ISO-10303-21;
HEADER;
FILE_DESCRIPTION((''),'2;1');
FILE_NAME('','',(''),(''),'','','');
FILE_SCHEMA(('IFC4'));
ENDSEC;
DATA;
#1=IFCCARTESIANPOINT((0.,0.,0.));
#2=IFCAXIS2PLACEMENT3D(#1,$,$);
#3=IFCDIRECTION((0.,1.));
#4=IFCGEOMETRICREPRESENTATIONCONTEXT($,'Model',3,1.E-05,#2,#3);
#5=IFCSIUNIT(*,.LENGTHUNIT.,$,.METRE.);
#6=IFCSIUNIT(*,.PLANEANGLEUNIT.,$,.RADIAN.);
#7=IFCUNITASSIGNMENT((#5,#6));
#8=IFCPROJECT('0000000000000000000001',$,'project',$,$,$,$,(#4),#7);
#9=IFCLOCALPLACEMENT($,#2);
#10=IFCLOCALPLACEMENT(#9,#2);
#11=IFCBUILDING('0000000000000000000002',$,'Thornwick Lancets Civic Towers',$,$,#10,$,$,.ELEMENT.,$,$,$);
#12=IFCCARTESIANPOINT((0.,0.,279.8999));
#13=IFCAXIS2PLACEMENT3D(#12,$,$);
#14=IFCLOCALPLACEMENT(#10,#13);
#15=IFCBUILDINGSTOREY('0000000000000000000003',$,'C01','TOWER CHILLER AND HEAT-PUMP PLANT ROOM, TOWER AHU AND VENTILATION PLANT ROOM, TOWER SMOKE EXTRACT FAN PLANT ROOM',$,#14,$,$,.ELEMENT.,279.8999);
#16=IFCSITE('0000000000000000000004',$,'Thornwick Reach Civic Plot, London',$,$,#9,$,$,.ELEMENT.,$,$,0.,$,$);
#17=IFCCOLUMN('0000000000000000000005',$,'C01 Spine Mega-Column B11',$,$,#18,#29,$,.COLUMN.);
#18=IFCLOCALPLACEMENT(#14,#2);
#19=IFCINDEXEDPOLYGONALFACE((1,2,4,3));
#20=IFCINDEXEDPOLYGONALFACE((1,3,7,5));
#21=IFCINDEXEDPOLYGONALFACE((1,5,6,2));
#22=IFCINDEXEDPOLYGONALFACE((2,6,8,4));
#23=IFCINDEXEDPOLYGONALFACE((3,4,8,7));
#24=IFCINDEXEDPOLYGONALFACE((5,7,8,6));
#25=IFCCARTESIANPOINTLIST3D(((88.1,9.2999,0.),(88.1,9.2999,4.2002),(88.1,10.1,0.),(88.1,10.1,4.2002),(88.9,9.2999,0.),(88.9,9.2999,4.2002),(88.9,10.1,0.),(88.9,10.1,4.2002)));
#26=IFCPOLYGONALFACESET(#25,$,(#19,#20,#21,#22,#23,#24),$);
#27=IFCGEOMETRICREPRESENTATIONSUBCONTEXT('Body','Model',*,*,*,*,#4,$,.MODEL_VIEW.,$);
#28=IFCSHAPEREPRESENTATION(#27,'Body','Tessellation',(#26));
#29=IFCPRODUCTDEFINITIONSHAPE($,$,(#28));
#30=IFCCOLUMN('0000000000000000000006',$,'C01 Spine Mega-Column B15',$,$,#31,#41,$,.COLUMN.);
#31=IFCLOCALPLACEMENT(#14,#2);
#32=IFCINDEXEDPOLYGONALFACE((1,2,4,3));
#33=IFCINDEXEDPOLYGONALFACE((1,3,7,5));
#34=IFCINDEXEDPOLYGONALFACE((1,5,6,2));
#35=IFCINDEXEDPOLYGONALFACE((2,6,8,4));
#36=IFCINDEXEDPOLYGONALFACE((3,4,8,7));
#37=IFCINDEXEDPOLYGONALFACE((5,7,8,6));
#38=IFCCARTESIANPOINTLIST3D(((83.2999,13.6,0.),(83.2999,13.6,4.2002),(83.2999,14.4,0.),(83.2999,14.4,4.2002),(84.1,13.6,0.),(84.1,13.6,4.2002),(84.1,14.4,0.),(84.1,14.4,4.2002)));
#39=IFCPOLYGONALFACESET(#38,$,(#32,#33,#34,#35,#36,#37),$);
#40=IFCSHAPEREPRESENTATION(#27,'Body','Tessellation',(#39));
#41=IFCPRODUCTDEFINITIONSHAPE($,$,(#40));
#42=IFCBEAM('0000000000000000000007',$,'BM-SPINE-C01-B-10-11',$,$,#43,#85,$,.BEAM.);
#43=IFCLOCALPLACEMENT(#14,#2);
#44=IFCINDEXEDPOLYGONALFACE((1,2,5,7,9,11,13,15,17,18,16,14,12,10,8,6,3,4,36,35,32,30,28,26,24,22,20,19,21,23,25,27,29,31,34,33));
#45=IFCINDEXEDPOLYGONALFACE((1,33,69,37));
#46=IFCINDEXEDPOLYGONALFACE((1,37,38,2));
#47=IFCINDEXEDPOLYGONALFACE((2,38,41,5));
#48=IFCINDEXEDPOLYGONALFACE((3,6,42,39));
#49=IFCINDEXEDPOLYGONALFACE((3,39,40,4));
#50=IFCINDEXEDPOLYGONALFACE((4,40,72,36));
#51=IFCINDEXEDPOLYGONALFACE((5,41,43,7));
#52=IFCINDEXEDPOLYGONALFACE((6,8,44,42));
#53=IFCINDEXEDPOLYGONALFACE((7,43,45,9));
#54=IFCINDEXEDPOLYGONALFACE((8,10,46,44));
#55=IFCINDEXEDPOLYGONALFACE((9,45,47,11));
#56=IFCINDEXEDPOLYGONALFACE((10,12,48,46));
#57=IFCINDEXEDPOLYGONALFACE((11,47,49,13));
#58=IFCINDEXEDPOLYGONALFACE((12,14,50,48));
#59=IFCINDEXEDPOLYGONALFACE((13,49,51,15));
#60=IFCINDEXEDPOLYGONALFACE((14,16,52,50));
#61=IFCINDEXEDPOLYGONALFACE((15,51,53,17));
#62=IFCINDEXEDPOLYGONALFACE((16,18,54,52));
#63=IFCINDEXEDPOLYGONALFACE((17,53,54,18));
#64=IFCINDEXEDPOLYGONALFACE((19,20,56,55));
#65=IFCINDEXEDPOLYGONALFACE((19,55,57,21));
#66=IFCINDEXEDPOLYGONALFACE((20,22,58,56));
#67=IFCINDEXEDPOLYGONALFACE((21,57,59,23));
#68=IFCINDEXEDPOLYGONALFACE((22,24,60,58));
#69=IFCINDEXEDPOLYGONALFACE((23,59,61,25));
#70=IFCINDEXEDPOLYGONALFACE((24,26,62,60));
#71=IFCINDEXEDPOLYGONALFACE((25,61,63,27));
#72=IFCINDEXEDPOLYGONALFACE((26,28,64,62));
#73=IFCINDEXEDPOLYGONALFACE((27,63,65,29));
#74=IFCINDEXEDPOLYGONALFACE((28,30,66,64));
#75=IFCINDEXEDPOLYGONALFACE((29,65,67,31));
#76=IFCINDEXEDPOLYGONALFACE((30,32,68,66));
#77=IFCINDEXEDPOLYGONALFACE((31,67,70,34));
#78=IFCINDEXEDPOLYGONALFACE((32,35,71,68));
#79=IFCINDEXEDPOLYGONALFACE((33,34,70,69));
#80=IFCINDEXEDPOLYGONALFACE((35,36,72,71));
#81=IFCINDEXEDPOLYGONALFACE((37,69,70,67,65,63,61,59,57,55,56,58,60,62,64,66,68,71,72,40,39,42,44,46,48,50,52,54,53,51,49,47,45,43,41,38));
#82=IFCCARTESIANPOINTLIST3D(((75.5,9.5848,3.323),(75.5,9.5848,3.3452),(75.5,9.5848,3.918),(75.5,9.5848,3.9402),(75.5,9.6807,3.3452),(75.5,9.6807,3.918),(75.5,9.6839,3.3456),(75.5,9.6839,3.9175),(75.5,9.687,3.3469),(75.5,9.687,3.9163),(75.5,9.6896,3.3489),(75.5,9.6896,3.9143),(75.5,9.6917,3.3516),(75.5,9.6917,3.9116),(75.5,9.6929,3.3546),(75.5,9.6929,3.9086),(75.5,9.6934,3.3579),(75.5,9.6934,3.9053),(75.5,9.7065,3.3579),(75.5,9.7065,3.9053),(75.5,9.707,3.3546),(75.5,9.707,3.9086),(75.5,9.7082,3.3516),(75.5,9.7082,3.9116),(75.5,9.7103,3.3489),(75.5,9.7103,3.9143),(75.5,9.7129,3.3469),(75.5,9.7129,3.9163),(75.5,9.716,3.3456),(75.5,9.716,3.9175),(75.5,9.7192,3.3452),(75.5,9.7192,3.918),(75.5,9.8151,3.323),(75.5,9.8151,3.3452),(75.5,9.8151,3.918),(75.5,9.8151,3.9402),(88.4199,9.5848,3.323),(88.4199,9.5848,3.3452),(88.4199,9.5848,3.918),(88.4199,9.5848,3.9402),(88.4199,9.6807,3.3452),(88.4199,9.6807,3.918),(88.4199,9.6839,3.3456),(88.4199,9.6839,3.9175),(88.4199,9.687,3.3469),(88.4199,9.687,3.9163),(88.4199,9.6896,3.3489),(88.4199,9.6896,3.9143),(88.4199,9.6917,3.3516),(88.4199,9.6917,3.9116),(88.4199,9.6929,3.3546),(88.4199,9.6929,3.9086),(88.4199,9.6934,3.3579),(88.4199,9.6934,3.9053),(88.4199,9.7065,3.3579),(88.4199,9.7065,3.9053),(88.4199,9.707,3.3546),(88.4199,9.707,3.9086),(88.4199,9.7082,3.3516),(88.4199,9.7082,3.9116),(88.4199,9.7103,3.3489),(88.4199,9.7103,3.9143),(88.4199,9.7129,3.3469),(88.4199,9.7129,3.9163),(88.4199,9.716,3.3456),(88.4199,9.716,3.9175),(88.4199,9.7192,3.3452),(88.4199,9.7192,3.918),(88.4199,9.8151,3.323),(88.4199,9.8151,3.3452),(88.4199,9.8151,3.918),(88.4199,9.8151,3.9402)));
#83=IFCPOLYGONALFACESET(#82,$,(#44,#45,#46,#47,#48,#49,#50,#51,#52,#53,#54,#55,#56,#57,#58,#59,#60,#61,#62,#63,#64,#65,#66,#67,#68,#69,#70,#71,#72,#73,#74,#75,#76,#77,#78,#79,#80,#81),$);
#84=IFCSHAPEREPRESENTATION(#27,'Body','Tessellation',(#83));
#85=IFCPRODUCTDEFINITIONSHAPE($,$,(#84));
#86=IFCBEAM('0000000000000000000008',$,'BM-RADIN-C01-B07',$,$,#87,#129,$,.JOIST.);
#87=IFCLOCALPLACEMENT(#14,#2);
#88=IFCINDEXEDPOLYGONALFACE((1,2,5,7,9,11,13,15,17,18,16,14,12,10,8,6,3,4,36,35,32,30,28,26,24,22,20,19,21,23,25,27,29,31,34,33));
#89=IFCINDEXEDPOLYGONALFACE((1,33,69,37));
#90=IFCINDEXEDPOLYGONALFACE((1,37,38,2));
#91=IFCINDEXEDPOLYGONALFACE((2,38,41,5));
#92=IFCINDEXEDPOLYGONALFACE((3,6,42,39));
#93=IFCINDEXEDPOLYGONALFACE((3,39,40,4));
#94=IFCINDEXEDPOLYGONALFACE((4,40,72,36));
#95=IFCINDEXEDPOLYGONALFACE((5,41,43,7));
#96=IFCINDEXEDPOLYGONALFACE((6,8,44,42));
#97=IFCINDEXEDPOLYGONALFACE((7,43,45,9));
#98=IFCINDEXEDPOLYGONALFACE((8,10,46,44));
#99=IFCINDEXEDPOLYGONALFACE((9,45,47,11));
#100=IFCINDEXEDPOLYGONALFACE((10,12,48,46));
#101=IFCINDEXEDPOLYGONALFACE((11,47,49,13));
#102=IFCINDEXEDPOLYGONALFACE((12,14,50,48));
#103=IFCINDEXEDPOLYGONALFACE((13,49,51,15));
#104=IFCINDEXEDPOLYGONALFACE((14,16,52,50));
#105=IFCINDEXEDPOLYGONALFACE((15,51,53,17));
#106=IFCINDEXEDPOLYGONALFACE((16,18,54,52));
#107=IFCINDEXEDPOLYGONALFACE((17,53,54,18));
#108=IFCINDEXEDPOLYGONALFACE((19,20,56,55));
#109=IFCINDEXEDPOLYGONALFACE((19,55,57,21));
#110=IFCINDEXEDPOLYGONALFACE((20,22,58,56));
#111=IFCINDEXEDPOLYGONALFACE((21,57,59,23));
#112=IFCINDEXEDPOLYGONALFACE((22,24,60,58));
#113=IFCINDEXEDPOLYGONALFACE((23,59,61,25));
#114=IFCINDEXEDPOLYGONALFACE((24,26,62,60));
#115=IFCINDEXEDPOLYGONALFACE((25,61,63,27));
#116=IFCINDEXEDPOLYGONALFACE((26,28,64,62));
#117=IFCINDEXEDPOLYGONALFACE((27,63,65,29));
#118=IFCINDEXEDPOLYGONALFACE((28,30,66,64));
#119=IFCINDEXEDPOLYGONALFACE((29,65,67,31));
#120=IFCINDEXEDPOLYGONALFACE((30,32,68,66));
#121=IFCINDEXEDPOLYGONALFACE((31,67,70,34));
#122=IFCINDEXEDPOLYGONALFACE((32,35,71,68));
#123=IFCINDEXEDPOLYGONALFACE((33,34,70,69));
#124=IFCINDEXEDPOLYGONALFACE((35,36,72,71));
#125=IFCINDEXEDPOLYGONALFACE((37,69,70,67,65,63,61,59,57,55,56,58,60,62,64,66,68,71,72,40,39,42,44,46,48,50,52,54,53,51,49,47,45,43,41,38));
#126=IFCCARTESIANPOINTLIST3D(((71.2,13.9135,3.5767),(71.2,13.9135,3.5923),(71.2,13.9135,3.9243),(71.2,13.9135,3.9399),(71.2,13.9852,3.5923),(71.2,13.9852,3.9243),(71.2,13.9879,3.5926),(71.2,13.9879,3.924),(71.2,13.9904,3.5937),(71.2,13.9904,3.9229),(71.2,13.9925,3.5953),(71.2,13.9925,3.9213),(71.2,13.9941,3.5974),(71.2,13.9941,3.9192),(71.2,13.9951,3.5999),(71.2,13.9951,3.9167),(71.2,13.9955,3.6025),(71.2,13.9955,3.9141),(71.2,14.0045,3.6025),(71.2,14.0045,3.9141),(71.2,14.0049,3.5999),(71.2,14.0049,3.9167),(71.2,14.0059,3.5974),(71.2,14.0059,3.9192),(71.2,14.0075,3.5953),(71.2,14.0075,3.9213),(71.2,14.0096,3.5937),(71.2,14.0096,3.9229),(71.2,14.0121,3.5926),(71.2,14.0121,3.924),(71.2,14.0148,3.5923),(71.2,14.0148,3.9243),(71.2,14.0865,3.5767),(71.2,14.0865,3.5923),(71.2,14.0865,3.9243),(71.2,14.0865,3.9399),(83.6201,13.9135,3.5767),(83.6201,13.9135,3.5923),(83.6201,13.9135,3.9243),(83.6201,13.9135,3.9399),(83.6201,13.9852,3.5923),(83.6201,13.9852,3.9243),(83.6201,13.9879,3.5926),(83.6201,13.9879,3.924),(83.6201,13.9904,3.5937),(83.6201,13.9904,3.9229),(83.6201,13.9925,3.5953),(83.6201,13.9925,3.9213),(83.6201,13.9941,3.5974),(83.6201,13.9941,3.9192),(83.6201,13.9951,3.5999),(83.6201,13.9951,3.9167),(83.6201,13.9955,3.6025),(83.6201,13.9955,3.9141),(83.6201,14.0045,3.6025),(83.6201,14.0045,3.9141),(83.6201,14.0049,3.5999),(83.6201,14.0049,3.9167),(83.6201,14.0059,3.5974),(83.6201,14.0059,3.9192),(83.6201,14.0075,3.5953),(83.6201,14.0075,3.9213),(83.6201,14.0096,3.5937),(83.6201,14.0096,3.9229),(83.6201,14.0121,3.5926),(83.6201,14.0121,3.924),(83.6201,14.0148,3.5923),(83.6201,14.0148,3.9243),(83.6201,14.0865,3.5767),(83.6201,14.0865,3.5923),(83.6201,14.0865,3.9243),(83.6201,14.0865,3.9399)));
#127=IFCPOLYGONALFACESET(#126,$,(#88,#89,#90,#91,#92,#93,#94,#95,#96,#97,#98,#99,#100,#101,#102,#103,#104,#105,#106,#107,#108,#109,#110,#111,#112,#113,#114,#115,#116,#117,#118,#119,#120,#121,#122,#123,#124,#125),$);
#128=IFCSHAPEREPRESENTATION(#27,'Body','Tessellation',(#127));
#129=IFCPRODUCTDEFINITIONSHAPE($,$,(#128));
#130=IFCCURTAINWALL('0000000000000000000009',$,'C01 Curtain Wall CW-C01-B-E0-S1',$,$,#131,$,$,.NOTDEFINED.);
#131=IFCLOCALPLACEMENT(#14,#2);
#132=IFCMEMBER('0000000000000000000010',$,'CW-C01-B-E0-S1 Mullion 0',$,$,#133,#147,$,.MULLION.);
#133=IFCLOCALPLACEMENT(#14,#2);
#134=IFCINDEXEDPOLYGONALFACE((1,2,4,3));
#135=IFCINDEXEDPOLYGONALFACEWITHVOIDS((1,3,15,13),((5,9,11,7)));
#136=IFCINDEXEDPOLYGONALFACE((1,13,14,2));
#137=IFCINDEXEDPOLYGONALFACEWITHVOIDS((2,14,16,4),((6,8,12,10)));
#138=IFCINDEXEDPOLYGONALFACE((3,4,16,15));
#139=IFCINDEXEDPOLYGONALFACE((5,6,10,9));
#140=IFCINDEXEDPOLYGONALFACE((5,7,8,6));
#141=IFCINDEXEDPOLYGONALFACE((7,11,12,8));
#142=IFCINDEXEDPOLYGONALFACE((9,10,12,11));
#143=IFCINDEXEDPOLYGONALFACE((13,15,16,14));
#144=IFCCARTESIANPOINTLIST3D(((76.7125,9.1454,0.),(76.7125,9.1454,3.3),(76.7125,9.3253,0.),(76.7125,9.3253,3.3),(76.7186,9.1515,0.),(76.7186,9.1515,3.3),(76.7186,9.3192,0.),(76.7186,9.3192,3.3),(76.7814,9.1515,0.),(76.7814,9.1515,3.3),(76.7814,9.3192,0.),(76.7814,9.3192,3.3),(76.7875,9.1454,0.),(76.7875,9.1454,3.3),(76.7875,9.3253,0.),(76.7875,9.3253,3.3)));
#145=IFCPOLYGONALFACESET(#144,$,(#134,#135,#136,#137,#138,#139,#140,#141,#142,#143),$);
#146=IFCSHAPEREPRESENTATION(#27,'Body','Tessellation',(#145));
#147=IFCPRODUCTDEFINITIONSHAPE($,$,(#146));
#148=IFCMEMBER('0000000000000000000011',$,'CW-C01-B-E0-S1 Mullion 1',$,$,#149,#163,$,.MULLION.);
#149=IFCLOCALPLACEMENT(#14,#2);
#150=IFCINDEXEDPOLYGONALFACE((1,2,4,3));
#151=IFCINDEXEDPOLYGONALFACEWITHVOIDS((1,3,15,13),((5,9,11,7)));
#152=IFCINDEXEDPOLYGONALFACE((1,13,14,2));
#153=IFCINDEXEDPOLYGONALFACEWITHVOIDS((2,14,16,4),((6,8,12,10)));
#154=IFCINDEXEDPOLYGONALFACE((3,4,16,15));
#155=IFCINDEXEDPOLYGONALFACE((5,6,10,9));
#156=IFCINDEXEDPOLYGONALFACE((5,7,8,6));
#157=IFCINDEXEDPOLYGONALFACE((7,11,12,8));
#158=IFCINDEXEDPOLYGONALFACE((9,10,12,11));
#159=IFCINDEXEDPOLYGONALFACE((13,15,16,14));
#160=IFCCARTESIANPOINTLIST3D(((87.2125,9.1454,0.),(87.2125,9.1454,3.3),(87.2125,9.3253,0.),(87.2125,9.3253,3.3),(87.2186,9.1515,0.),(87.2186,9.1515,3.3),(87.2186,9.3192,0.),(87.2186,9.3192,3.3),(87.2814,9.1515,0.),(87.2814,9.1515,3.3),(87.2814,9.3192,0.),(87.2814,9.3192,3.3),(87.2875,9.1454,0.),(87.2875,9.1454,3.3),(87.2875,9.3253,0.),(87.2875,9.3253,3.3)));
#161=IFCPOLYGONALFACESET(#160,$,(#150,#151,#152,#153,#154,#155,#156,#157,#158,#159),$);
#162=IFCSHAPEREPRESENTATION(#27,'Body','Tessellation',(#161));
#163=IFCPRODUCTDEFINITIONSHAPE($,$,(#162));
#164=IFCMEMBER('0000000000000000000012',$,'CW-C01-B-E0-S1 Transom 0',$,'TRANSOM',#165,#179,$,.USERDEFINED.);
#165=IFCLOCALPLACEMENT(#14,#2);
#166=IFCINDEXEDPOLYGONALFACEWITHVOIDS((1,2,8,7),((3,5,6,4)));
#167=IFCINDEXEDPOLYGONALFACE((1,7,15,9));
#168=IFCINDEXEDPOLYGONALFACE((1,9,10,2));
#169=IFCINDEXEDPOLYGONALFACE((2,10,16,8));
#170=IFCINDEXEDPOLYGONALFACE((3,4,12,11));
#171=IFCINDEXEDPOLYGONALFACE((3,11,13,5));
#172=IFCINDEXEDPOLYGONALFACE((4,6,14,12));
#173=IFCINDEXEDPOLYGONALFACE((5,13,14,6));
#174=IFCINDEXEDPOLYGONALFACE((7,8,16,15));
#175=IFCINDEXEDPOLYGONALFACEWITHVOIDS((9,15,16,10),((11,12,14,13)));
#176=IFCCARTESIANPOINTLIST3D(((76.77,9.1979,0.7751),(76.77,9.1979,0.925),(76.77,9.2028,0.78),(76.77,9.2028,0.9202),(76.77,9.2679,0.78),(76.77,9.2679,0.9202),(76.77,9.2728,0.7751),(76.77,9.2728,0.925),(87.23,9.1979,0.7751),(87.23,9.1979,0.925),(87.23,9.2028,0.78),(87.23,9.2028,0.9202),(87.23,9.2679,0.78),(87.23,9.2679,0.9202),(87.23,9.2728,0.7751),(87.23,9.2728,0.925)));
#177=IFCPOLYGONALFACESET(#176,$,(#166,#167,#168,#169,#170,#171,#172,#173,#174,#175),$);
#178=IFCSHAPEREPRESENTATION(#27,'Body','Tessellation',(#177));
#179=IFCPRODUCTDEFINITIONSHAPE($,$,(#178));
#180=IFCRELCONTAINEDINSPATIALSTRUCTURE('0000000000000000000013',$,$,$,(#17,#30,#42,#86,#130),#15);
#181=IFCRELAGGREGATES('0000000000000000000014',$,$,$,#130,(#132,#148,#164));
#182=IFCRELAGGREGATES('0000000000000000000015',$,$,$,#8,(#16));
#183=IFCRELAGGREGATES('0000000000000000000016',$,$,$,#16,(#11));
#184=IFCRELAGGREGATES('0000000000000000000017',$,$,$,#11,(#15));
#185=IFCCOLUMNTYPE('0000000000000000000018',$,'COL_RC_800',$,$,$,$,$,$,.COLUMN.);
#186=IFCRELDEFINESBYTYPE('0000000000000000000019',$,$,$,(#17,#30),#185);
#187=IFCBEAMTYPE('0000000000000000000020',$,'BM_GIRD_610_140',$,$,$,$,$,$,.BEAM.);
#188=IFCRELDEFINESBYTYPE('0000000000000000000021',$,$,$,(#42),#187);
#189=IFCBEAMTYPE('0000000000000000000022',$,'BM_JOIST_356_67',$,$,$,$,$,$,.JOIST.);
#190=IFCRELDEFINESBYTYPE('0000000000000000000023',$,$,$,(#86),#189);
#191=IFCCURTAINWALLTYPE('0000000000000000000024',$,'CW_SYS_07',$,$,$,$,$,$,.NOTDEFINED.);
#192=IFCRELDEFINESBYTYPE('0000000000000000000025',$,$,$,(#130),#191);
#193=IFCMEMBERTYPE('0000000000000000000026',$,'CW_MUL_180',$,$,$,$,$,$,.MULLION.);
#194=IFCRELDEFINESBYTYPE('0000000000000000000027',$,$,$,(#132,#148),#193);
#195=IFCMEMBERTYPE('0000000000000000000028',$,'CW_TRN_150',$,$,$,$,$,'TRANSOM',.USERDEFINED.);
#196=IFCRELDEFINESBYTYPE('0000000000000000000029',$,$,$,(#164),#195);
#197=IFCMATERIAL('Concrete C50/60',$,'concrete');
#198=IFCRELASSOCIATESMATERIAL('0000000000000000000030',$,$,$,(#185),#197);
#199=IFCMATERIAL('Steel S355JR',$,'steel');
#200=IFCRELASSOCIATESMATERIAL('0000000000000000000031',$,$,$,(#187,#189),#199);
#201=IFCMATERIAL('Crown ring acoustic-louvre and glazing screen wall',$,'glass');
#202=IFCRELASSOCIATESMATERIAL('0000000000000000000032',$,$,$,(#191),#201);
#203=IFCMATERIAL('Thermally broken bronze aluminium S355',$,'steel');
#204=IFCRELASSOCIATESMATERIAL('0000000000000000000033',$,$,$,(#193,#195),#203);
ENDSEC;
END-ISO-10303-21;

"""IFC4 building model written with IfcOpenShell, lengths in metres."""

from ifc_helpers import new_model, si_unit, direction, frame, origin, origin_2d, place, context, subcontext, project, spatial, rectangle, hollow_rectangle, i_section, extrude, material, material_profile, profile_set, type_object, element, aggregate, save


model = new_model("IFC4")

# Units and contexts
model_context = context("Model", 3, precision=1e-05, world=origin(), true_north=direction((0.0, 1.0)))
body_context = subcontext(model_context, "Body", "Model", "MODEL_VIEW")
ifc_project = project(units=[si_unit("LENGTHUNIT", "METRE"), si_unit("PLANEANGLEUNIT", "RADIAN")], contexts=[model_context])

# Site, building, storey
site_placement = place(None, origin())
site = spatial("IfcSite", under=ifc_project, at=site_placement, Name="Thornwick Reach Civic Plot, London", CompositionType="ELEMENT", RefElevation=0.0)
building_placement = place(site_placement, origin())
building = spatial("IfcBuilding", under=site, at=building_placement, Name="Thornwick Lancets Civic Towers", CompositionType="ELEMENT")
storey_placement = place(building_placement, frame((0.0, 0.0, 279.8999)))
storey = spatial("IfcBuildingStorey", under=building, at=storey_placement, Name="C01", Description="TOWER CHILLER AND HEAT-PUMP PLANT ROOM, TOWER AHU AND VENTILATION PLANT ROOM, TOWER SMOKE EXTRACT FAN PLANT ROOM", CompositionType="ELEMENT", Elevation=279.8999)

# Columns
ifc_material_1 = material(Name="Concrete C50/60", Category="concrete")
ifc_material_profile_1 = material_profile(ifc_material_1, rectangle(XDim=0.8, YDim=0.8, at=origin_2d()), Name="RC 800x800")
ifc_profile_set_1 = profile_set([ifc_material_profile_1], Name="Concrete C50/60")
column_type = type_object("IfcColumnType", Name="COL_RC_800", PredefinedType="COLUMN", material=ifc_profile_set_1)
for number, where, z_axis, x_axis, name in (
    (1, (88.5, 9.7, 0.0), (0.0, 0.0, 1.0), (1.0, 0.0, 0.0), "C01 Spine Mega-Column B11"),
    (2, (83.7, 14.0, 0.0), (0.0, 0.0, 1.0), (1.0, 0.0, 0.0), "C01 Spine Mega-Column B15"),
):
    element("IfcColumn", number, at=place(storey_placement, frame(where, z_axis=z_axis, x_axis=x_axis)), inside=storey, type_object=column_type, Name=name, PredefinedType="COLUMN", context=body_context, shape_type="SweptSolid", body=[
        extrude(rectangle(XDim=0.8, YDim=0.8, at=origin_2d()), origin(), (0.0, 0.0, 1.0), 4.2002),
    ])

# Beams
ifc_material_2 = material(Name="Steel S355JR", Category="steel")
ifc_material_profile_2 = material_profile(ifc_material_2, i_section(OverallWidth=0.2302, OverallDepth=0.6172, WebThickness=0.0132, FlangeThickness=0.0222, FilletRadius=0.0127, at=origin_2d()), Name="UKB 610x229x140")
ifc_profile_set_2 = profile_set([ifc_material_profile_2], Name="Steel S355JR")
beam_type_1 = type_object("IfcBeamType", Name="BM_GIRD_610_140", PredefinedType="BEAM", material=ifc_profile_set_2)
beam_1_placement = place(storey_placement, frame((88.4199, 9.7, 3.6316), z_axis=(-1.0, 0.0, 0.0), x_axis=(0.0, -1.0, 0.0)))
element("IfcBeam", 3, at=beam_1_placement, inside=storey, type_object=beam_type_1, Name="BM-SPINE-C01-B-10-11", PredefinedType="BEAM", context=body_context, shape_type="SweptSolid", body=[
    extrude(i_section(OverallWidth=0.2302, OverallDepth=0.6172, WebThickness=0.0132, FlangeThickness=0.0222, FilletRadius=0.0127, at=origin_2d()), origin(), (0.0, 0.0, 1.0), 12.9199),
])
ifc_material_profile_3 = material_profile(ifc_material_2, i_section(OverallWidth=0.1731, OverallDepth=0.3633, WebThickness=0.009, FlangeThickness=0.0156, FilletRadius=0.0103, at=origin_2d()), Name="UKB 356x171x67")
ifc_profile_set_3 = profile_set([ifc_material_profile_3], Name="Steel S355JR")
beam_type_2 = type_object("IfcBeamType", Name="BM_JOIST_356_67", PredefinedType="JOIST", material=ifc_profile_set_3)
beam_2_placement = place(storey_placement, frame((83.6201, 14.0, 3.7583), z_axis=(-1.0, 0.0, 0.0), x_axis=(0.0, -1.0, 0.0)))
element("IfcBeam", 4, at=beam_2_placement, inside=storey, type_object=beam_type_2, Name="BM-RADIN-C01-B07", PredefinedType="JOIST", context=body_context, shape_type="SweptSolid", body=[
    extrude(i_section(OverallWidth=0.1731, OverallDepth=0.3633, WebThickness=0.009, FlangeThickness=0.0156, FilletRadius=0.0103, at=origin_2d()), origin(), (0.0, 0.0, 1.0), 12.4202),
])

# Curtain wall, members
ifc_material_3 = material(Name="Crown ring acoustic-louvre and glazing screen wall", Category="glass")
curtain_wall_type = type_object("IfcCurtainWallType", Name="CW_SYS_07", PredefinedType="NOTDEFINED", material=ifc_material_3)
curtain_wall_placement = place(storey_placement, origin())
curtain_wall = element("IfcCurtainWall", 5, at=curtain_wall_placement, inside=storey, type_object=curtain_wall_type, Name="C01 Curtain Wall CW-C01-B-E0-S1", PredefinedType="NOTDEFINED")
ifc_material_4 = material(Name="Thermally broken bronze aluminium S355", Category="steel")
ifc_material_profile_4 = material_profile(ifc_material_4, hollow_rectangle(XDim=0.075, YDim=0.1799, WallThickness=0.0061, at=origin_2d()), Name="RHS 180x75x6")
ifc_profile_set_4 = profile_set([ifc_material_profile_4], Name="Thermally broken bronze aluminium S355")
member_type_1 = type_object("IfcMemberType", Name="CW_MUL_180", PredefinedType="MULLION", material=ifc_profile_set_4)
member_1_placement = place(storey_placement, frame((76.75, 9.2354, 0.0), z_axis=(0.0, 0.0, 1.0), x_axis=(1.0, 0.0, 0.0)))
member_1 = element("IfcMember", 6, at=member_1_placement, type_object=member_type_1, Name="CW-C01-B-E0-S1 Mullion 0", PredefinedType="MULLION", context=body_context, shape_type="SweptSolid", body=[
    extrude(hollow_rectangle(XDim=0.075, YDim=0.1799, WallThickness=0.0061, at=origin_2d()), origin(), (0.0, 0.0, 1.0), 3.3),
])
member_2_placement = place(storey_placement, frame((87.25, 9.2354, 0.0), z_axis=(0.0, 0.0, 1.0), x_axis=(1.0, 0.0, 0.0)))
member_2 = element("IfcMember", 7, at=member_2_placement, type_object=member_type_1, Name="CW-C01-B-E0-S1 Mullion 1", PredefinedType="MULLION", context=body_context, shape_type="SweptSolid", body=[
    extrude(hollow_rectangle(XDim=0.075, YDim=0.1799, WallThickness=0.0061, at=origin_2d()), origin(), (0.0, 0.0, 1.0), 3.3),
])
ifc_material_profile_5 = material_profile(ifc_material_4, hollow_rectangle(XDim=0.075, YDim=0.1499, WallThickness=0.0049, at=origin_2d()), Name="RHS 150x75x5")
ifc_profile_set_5 = profile_set([ifc_material_profile_5], Name="Thermally broken bronze aluminium S355")
member_type_2 = type_object("IfcMemberType", Name="CW_TRN_150", ElementType="TRANSOM", PredefinedType="USERDEFINED", material=ifc_profile_set_5)
member_3_placement = place(storey_placement, frame((76.77, 9.2354, 0.8501), z_axis=(1.0, 0.0, 0.0), x_axis=(0.0, 1.0, 0.0)))
member_3 = element("IfcMember", 8, at=member_3_placement, type_object=member_type_2, Name="CW-C01-B-E0-S1 Transom 0", ObjectType="TRANSOM", PredefinedType="USERDEFINED", context=body_context, shape_type="SweptSolid", body=[
    extrude(hollow_rectangle(XDim=0.075, YDim=0.1499, WallThickness=0.0049, at=origin_2d()), origin(), (0.0, 0.0, 1.0), 10.46),
])
aggregate(curtain_wall, [member_1, member_2, member_3])

save(model, "model.ifc")
